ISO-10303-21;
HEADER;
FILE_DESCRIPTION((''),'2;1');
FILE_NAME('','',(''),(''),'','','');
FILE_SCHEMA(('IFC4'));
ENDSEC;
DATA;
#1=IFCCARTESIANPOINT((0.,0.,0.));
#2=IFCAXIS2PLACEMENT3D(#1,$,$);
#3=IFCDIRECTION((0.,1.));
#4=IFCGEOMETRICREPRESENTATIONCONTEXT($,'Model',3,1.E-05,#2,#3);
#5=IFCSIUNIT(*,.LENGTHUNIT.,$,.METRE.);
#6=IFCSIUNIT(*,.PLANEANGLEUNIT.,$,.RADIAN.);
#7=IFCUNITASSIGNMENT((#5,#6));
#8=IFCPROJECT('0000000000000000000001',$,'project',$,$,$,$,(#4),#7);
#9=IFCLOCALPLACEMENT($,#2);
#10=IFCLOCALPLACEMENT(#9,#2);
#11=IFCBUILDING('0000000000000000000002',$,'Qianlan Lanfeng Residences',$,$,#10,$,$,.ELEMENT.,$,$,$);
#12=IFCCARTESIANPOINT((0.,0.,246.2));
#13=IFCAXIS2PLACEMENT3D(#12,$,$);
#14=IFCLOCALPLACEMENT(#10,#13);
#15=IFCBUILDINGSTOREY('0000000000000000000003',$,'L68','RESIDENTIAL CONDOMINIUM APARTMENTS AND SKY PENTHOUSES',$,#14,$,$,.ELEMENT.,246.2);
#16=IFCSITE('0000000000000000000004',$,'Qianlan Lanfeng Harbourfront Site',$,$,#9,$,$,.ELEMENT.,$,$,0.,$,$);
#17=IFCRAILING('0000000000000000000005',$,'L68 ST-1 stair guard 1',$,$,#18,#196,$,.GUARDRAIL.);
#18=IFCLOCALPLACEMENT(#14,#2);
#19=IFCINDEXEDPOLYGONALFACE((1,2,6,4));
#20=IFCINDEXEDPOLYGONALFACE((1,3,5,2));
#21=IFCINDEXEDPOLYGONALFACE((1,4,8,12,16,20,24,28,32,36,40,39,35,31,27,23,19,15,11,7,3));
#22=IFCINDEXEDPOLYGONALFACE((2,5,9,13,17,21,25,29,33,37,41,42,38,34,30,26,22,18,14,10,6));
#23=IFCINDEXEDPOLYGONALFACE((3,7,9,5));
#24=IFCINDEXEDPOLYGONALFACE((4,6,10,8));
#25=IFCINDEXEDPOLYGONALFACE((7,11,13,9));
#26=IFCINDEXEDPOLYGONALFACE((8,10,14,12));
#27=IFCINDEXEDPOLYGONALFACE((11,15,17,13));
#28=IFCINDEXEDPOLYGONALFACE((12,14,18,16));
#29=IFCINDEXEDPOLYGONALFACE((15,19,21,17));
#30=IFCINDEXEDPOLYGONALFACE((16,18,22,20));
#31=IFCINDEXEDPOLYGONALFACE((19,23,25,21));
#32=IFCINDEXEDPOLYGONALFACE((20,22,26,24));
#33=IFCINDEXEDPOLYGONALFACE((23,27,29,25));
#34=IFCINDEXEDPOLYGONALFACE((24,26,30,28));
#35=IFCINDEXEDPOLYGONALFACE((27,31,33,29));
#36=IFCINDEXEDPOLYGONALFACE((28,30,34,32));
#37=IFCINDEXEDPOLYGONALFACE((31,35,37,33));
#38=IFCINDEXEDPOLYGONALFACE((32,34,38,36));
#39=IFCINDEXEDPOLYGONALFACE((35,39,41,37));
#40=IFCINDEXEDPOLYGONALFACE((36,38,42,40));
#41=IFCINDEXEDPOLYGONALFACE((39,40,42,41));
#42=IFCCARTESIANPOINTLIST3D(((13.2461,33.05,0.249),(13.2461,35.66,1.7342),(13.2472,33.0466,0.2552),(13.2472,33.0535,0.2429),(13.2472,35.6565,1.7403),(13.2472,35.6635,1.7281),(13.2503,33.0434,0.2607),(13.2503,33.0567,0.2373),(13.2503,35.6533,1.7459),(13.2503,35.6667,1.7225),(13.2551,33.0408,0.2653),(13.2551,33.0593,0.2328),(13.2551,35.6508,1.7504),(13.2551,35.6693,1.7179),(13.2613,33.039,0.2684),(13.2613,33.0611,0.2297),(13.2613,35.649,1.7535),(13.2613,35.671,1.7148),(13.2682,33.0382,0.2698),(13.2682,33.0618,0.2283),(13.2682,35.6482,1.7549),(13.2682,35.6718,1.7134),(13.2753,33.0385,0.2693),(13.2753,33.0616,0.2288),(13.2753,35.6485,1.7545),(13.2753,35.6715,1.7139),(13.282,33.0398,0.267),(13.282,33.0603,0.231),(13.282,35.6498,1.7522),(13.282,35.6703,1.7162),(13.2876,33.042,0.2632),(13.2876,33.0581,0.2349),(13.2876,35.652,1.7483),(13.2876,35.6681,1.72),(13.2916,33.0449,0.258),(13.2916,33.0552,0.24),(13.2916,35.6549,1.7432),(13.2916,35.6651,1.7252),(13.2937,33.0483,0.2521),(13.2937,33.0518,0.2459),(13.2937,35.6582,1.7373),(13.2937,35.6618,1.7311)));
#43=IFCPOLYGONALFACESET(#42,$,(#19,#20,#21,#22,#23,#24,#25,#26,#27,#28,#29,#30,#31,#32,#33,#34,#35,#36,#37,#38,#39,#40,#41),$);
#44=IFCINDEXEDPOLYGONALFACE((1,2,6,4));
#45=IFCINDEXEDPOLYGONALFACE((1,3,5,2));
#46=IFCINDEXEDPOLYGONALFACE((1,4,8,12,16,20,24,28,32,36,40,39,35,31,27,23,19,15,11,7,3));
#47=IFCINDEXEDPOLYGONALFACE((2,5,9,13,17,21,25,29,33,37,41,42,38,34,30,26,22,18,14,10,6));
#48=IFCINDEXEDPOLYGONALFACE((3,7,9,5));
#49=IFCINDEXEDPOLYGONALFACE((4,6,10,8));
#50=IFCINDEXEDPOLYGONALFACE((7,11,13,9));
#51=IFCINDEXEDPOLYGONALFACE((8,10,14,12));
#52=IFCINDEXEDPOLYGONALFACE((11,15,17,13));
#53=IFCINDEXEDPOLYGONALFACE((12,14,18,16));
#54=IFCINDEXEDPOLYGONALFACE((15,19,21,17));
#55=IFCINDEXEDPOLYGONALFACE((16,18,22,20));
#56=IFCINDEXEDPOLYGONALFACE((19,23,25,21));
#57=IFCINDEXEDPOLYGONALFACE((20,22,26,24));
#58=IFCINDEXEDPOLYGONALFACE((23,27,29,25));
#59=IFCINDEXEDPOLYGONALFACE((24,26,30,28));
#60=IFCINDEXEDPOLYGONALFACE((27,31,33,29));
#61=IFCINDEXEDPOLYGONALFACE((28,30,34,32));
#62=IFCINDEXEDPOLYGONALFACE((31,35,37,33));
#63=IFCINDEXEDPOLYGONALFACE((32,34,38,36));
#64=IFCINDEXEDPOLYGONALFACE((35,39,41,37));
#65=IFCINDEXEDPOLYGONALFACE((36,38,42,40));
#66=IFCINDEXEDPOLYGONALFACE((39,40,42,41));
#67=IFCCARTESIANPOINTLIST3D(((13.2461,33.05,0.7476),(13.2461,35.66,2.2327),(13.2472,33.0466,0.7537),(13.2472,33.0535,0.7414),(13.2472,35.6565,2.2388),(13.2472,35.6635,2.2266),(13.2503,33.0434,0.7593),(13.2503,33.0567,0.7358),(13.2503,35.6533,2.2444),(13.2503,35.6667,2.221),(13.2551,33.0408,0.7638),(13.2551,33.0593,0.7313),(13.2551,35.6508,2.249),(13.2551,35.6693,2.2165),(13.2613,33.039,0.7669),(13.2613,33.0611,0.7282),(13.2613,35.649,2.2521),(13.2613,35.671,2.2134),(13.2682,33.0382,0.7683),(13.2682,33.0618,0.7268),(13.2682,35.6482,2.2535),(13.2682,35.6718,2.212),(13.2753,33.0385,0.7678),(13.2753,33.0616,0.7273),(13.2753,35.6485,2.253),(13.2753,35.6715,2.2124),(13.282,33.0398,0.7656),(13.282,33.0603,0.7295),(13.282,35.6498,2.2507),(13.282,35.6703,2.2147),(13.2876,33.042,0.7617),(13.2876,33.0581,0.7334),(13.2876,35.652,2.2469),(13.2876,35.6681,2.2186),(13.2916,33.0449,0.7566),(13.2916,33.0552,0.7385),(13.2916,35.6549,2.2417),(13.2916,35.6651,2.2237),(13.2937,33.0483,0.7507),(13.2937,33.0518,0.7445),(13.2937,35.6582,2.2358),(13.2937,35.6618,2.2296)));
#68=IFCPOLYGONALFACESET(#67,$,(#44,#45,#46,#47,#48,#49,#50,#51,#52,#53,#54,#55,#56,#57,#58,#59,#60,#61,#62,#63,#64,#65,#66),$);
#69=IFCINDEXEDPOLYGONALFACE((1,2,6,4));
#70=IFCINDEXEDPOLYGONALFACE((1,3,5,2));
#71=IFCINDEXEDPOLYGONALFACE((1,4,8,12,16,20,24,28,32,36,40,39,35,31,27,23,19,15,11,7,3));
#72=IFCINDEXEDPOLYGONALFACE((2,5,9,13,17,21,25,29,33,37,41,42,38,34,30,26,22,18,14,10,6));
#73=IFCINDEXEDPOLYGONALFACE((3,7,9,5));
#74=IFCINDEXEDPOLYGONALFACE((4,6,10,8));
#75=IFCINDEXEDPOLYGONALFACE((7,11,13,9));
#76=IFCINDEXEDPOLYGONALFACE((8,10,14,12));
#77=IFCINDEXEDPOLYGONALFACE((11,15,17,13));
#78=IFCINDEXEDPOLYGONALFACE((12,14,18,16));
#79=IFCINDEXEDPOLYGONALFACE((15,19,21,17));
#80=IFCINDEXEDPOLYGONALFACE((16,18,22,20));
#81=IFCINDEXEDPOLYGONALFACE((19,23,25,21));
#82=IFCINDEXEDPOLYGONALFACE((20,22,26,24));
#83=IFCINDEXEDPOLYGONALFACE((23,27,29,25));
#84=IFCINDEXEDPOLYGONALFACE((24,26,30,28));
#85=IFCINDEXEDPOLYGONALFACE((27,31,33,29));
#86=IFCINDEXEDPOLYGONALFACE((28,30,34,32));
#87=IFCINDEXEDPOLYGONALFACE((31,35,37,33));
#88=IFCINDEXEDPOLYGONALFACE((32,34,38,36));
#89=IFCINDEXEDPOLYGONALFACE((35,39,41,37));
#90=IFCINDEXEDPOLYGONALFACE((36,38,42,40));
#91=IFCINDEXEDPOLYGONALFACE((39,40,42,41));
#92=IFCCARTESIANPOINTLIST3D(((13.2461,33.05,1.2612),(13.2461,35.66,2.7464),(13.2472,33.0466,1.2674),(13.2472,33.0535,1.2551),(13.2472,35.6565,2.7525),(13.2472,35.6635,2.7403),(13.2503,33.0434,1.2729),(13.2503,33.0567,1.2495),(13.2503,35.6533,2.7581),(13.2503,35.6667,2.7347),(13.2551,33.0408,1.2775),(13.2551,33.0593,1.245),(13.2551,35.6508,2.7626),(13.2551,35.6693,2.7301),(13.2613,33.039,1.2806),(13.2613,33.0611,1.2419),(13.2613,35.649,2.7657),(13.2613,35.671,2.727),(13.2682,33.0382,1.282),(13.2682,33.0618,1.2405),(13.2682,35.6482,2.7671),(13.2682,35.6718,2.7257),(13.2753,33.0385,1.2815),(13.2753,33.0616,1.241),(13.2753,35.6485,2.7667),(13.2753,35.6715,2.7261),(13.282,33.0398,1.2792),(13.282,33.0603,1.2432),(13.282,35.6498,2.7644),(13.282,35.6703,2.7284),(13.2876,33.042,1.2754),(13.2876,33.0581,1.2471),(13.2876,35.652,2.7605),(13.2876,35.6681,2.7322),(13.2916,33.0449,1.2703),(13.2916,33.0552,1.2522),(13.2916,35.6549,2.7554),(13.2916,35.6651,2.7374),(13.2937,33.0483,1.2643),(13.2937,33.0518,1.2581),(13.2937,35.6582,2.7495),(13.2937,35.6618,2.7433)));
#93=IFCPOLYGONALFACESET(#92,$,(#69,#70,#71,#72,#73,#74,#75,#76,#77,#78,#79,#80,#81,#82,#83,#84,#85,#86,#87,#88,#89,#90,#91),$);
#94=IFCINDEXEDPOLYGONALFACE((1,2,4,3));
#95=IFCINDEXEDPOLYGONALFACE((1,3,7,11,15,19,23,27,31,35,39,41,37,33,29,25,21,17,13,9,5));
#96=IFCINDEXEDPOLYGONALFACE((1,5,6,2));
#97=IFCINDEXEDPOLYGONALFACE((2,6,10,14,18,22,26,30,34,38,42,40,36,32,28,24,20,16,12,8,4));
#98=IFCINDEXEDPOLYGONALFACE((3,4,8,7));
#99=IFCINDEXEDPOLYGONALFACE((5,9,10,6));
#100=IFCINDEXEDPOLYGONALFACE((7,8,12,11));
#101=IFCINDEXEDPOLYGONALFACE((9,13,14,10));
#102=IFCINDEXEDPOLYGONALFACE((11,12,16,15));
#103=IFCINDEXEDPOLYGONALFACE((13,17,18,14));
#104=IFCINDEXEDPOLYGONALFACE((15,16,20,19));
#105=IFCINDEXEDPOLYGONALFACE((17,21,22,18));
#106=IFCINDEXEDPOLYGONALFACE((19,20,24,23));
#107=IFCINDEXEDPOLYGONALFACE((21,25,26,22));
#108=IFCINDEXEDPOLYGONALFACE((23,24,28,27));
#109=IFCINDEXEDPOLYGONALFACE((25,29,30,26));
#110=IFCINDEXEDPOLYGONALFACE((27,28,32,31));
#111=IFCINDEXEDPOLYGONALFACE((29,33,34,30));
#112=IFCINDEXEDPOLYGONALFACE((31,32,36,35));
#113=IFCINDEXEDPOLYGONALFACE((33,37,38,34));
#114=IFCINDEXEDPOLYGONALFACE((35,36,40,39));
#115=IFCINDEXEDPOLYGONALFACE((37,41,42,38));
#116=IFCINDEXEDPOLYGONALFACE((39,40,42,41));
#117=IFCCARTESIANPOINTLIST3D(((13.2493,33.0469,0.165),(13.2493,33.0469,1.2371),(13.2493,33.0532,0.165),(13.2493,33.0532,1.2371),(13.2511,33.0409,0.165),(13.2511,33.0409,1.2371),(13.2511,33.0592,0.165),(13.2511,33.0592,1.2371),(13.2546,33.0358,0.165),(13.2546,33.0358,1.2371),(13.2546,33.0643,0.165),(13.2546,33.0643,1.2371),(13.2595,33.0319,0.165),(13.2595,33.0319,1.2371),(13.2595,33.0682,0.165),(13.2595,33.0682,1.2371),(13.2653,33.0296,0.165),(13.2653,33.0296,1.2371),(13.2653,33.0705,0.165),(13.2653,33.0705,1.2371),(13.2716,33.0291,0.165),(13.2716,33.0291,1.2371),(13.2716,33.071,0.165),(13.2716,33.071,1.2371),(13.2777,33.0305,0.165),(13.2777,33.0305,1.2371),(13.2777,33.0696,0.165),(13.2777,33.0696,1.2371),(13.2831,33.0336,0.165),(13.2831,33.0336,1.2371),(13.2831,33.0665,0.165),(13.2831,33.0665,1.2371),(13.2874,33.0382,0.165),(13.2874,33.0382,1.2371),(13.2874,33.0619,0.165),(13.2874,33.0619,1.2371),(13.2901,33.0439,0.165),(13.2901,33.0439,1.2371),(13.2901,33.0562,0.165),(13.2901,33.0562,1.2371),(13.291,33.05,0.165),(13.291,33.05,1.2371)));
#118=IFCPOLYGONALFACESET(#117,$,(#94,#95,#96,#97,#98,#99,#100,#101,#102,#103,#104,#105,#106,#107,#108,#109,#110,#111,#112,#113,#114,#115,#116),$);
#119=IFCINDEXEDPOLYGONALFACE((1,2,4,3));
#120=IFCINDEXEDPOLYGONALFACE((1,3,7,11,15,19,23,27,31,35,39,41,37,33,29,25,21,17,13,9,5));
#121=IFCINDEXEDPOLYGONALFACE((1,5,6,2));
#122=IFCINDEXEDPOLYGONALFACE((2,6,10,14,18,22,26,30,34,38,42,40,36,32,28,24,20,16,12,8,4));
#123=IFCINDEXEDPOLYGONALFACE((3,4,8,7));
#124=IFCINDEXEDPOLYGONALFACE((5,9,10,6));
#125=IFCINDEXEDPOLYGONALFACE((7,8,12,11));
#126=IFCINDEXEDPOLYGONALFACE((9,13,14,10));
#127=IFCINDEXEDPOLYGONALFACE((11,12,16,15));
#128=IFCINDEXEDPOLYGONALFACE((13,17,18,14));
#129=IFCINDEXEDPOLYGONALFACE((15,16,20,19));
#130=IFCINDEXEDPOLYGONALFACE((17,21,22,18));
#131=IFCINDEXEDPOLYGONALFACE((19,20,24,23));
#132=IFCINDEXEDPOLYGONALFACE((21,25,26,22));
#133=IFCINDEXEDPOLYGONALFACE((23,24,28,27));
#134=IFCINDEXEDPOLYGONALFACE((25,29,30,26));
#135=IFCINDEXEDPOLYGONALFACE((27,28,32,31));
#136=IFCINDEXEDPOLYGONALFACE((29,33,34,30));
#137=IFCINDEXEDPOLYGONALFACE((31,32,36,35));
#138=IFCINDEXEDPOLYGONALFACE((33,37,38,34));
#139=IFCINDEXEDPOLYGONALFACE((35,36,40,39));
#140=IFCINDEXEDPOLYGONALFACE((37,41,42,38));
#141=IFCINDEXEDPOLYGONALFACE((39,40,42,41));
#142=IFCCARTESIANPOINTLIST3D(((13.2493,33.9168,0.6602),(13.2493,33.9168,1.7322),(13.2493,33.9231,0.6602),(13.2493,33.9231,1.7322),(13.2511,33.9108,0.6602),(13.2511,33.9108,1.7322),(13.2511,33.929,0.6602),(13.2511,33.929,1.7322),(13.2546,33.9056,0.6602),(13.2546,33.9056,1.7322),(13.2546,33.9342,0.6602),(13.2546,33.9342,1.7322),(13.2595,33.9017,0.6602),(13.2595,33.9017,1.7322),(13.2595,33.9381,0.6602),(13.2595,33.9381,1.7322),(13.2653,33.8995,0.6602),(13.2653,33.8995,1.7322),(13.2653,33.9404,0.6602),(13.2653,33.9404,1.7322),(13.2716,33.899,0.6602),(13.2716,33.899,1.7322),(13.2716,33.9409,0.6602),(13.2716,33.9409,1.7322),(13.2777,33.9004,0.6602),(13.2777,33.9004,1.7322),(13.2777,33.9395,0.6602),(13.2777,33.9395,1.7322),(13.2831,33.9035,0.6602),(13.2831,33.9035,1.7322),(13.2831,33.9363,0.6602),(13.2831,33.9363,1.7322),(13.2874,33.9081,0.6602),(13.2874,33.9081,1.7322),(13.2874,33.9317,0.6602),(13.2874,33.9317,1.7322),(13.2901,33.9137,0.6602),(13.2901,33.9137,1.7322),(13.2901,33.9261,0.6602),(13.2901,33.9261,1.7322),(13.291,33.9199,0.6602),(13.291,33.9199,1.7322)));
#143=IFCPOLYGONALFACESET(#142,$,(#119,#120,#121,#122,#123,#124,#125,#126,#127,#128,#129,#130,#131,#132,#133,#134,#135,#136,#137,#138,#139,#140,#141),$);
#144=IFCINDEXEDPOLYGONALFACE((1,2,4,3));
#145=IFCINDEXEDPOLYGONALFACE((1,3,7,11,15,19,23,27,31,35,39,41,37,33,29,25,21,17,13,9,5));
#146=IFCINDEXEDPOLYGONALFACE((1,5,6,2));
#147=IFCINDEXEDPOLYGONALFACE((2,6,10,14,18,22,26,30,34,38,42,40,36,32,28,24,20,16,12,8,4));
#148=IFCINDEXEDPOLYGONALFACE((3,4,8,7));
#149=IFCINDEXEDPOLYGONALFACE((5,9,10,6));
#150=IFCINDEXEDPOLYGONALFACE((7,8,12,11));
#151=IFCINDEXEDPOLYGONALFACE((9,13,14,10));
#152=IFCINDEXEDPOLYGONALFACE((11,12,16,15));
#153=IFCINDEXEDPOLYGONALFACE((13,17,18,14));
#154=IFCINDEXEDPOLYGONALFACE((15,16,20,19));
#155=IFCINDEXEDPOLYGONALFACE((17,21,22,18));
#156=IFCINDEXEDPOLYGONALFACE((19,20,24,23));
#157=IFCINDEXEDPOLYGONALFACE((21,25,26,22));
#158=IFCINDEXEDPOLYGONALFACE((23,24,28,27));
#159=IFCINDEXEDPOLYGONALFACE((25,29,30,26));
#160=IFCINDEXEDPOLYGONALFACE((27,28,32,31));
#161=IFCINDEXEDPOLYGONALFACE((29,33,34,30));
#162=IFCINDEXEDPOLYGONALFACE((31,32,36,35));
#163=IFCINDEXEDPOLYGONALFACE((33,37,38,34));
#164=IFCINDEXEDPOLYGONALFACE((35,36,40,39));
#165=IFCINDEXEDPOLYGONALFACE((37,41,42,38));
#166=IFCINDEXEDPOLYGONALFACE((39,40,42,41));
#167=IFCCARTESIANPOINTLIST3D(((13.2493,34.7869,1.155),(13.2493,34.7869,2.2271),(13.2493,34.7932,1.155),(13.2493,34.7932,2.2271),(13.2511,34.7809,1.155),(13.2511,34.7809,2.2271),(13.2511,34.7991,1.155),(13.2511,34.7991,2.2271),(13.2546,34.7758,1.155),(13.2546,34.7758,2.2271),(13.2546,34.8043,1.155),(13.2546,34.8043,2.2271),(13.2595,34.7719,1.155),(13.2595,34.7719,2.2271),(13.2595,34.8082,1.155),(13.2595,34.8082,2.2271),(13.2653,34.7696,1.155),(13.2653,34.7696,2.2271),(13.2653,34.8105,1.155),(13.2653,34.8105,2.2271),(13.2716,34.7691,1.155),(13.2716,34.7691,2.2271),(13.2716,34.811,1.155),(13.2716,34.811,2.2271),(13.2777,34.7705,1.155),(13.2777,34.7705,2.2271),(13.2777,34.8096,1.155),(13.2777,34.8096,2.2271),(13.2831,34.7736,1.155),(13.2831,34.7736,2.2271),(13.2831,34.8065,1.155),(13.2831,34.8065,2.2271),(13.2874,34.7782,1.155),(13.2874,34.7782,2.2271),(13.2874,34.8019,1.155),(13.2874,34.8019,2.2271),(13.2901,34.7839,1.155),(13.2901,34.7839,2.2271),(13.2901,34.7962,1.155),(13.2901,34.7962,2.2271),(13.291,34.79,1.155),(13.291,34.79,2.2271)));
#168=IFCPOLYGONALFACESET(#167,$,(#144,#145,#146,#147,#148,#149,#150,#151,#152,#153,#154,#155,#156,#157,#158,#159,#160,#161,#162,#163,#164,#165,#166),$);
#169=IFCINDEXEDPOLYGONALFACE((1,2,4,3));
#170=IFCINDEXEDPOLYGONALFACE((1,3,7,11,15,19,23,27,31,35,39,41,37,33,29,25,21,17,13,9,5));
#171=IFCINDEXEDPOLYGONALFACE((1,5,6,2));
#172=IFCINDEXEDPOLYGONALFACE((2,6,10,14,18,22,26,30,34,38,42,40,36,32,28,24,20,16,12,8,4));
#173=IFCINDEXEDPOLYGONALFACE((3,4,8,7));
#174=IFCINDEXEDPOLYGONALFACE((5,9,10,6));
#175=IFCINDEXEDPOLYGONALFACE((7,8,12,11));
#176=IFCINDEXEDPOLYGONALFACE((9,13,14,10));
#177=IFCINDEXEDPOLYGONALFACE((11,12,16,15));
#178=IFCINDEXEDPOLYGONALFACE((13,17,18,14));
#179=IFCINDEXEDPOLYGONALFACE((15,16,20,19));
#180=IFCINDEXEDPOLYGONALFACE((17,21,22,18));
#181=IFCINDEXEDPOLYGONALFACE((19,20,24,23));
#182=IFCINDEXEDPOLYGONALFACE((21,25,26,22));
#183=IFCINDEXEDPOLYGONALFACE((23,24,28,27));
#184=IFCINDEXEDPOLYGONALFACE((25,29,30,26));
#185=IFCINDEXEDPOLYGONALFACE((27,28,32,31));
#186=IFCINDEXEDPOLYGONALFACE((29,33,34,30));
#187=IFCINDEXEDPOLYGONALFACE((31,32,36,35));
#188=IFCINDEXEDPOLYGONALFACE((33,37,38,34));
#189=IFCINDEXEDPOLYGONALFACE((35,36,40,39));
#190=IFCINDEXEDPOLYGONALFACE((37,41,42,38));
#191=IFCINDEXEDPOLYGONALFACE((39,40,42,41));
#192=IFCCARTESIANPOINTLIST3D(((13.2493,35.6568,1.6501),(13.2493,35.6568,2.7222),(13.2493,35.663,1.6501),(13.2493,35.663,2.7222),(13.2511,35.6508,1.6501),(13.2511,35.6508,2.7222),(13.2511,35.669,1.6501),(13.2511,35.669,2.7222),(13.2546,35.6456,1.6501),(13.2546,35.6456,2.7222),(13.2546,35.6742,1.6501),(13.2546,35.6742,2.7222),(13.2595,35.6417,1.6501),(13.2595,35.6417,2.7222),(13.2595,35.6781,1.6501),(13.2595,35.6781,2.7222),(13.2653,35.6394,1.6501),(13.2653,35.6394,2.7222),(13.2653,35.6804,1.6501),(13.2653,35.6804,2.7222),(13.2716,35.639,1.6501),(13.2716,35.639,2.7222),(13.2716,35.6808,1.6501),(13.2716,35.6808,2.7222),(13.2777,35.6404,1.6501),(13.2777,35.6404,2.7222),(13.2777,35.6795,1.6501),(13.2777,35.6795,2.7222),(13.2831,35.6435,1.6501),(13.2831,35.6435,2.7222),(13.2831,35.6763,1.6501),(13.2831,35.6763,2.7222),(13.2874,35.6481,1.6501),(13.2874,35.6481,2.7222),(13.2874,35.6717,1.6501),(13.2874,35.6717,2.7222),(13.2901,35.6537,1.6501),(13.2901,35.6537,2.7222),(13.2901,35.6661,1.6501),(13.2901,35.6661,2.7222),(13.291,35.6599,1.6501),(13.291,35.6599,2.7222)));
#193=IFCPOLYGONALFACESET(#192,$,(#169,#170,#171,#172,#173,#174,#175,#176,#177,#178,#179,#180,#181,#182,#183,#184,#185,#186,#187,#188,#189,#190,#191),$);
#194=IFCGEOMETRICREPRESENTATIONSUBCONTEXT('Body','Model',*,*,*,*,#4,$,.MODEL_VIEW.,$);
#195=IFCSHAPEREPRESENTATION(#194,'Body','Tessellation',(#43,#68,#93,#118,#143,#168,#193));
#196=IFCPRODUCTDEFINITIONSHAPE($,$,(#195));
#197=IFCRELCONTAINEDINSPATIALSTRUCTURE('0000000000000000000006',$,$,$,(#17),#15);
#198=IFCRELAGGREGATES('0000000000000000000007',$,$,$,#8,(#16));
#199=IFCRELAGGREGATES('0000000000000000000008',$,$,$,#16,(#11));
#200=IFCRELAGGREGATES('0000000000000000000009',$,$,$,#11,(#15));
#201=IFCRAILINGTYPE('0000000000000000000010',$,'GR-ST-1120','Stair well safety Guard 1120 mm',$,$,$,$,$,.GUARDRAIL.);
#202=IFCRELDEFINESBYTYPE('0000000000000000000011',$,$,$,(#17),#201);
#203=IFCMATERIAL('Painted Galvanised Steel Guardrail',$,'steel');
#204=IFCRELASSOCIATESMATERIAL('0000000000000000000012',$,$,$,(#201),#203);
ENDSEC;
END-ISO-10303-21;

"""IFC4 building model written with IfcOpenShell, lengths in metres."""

from ifc_helpers import new_model, si_unit, direction, frame, origin, origin_2d, place, context, subcontext, project, spatial, circle, extrude, material, type_object, element, save


model = new_model("IFC4")

# Units and contexts
model_context = context("Model", 3, precision=1e-05, world=origin(), true_north=direction((0.0, 1.0)))
body_context = subcontext(model_context, "Body", "Model", "MODEL_VIEW")
ifc_project = project(units=[si_unit("LENGTHUNIT", "METRE"), si_unit("PLANEANGLEUNIT", "RADIAN")], contexts=[model_context])

# Site, building, storey
site_placement = place(None, origin())
site = spatial("IfcSite", under=ifc_project, at=site_placement, Name="Qianlan Lanfeng Harbourfront Site", CompositionType="ELEMENT", RefElevation=0.0)
building_placement = place(site_placement, origin())
building = spatial("IfcBuilding", under=site, at=building_placement, Name="Qianlan Lanfeng Residences", CompositionType="ELEMENT")
storey_placement = place(building_placement, frame((0.0, 0.0, 246.2)))
storey = spatial("IfcBuildingStorey", under=building, at=storey_placement, Name="L68", Description="RESIDENTIAL CONDOMINIUM APARTMENTS AND SKY PENTHOUSES", CompositionType="ELEMENT", Elevation=246.2)

# Railing
ifc_material_1 = material(Name="Painted Galvanised Steel Guardrail", Category="steel")
railing_type_1 = type_object("IfcRailingType", Name="GR-ST-1120", Description="Stair well safety Guard 1120 mm", PredefinedType="GUARDRAIL", material=ifc_material_1)
railing_1_placement = place(storey_placement, frame((13.27, 33.05, 0.165)))
element("IfcRailing", 1, at=railing_1_placement, inside=storey, type_object=railing_type_1, Name="L68 ST-1 stair guard 1", PredefinedType="GUARDRAIL", context=body_context, shape_type="SweptSolid", body=[
    extrude(circle(Radius=0.0239, at=origin_2d()), frame((0.0, 0.0, 0.084), z_axis=(0.0, 0.869137, 0.494571), x_axis=(-1.0, 0.0, 0.0)), (0.0, 0.0, 1.0), 3.0029),
    extrude(circle(Radius=0.0239, at=origin_2d()), frame((0.0, 0.0, 0.5825), z_axis=(0.0, 0.869137, 0.494571), x_axis=(-1.0, 0.0, 0.0)), (0.0, 0.0, 1.0), 3.0029),
    extrude(circle(Radius=0.0239, at=origin_2d()), frame((0.0, 0.0, 1.0962), z_axis=(0.0, 0.869137, 0.494571), x_axis=(-1.0, 0.0, 0.0)), (0.0, 0.0, 1.0), 3.0029),
    extrude(circle(Radius=0.021, at=origin_2d()), origin(), (0.0, 0.0, 1.0), 1.072),
    extrude(circle(Radius=0.021, at=origin_2d()), frame((0.0, 0.8699, 0.4951)), (0.0, 0.0, 1.0), 1.072),
    extrude(circle(Radius=0.021, at=origin_2d()), frame((0.0, 1.74, 0.99)), (0.0, 0.0, 1.0), 1.072),
    extrude(circle(Radius=0.021, at=origin_2d()), frame((0.0, 2.6099, 1.4851)), (0.0, 0.0, 1.0), 1.072),
])

save(model, "model.ifc")
